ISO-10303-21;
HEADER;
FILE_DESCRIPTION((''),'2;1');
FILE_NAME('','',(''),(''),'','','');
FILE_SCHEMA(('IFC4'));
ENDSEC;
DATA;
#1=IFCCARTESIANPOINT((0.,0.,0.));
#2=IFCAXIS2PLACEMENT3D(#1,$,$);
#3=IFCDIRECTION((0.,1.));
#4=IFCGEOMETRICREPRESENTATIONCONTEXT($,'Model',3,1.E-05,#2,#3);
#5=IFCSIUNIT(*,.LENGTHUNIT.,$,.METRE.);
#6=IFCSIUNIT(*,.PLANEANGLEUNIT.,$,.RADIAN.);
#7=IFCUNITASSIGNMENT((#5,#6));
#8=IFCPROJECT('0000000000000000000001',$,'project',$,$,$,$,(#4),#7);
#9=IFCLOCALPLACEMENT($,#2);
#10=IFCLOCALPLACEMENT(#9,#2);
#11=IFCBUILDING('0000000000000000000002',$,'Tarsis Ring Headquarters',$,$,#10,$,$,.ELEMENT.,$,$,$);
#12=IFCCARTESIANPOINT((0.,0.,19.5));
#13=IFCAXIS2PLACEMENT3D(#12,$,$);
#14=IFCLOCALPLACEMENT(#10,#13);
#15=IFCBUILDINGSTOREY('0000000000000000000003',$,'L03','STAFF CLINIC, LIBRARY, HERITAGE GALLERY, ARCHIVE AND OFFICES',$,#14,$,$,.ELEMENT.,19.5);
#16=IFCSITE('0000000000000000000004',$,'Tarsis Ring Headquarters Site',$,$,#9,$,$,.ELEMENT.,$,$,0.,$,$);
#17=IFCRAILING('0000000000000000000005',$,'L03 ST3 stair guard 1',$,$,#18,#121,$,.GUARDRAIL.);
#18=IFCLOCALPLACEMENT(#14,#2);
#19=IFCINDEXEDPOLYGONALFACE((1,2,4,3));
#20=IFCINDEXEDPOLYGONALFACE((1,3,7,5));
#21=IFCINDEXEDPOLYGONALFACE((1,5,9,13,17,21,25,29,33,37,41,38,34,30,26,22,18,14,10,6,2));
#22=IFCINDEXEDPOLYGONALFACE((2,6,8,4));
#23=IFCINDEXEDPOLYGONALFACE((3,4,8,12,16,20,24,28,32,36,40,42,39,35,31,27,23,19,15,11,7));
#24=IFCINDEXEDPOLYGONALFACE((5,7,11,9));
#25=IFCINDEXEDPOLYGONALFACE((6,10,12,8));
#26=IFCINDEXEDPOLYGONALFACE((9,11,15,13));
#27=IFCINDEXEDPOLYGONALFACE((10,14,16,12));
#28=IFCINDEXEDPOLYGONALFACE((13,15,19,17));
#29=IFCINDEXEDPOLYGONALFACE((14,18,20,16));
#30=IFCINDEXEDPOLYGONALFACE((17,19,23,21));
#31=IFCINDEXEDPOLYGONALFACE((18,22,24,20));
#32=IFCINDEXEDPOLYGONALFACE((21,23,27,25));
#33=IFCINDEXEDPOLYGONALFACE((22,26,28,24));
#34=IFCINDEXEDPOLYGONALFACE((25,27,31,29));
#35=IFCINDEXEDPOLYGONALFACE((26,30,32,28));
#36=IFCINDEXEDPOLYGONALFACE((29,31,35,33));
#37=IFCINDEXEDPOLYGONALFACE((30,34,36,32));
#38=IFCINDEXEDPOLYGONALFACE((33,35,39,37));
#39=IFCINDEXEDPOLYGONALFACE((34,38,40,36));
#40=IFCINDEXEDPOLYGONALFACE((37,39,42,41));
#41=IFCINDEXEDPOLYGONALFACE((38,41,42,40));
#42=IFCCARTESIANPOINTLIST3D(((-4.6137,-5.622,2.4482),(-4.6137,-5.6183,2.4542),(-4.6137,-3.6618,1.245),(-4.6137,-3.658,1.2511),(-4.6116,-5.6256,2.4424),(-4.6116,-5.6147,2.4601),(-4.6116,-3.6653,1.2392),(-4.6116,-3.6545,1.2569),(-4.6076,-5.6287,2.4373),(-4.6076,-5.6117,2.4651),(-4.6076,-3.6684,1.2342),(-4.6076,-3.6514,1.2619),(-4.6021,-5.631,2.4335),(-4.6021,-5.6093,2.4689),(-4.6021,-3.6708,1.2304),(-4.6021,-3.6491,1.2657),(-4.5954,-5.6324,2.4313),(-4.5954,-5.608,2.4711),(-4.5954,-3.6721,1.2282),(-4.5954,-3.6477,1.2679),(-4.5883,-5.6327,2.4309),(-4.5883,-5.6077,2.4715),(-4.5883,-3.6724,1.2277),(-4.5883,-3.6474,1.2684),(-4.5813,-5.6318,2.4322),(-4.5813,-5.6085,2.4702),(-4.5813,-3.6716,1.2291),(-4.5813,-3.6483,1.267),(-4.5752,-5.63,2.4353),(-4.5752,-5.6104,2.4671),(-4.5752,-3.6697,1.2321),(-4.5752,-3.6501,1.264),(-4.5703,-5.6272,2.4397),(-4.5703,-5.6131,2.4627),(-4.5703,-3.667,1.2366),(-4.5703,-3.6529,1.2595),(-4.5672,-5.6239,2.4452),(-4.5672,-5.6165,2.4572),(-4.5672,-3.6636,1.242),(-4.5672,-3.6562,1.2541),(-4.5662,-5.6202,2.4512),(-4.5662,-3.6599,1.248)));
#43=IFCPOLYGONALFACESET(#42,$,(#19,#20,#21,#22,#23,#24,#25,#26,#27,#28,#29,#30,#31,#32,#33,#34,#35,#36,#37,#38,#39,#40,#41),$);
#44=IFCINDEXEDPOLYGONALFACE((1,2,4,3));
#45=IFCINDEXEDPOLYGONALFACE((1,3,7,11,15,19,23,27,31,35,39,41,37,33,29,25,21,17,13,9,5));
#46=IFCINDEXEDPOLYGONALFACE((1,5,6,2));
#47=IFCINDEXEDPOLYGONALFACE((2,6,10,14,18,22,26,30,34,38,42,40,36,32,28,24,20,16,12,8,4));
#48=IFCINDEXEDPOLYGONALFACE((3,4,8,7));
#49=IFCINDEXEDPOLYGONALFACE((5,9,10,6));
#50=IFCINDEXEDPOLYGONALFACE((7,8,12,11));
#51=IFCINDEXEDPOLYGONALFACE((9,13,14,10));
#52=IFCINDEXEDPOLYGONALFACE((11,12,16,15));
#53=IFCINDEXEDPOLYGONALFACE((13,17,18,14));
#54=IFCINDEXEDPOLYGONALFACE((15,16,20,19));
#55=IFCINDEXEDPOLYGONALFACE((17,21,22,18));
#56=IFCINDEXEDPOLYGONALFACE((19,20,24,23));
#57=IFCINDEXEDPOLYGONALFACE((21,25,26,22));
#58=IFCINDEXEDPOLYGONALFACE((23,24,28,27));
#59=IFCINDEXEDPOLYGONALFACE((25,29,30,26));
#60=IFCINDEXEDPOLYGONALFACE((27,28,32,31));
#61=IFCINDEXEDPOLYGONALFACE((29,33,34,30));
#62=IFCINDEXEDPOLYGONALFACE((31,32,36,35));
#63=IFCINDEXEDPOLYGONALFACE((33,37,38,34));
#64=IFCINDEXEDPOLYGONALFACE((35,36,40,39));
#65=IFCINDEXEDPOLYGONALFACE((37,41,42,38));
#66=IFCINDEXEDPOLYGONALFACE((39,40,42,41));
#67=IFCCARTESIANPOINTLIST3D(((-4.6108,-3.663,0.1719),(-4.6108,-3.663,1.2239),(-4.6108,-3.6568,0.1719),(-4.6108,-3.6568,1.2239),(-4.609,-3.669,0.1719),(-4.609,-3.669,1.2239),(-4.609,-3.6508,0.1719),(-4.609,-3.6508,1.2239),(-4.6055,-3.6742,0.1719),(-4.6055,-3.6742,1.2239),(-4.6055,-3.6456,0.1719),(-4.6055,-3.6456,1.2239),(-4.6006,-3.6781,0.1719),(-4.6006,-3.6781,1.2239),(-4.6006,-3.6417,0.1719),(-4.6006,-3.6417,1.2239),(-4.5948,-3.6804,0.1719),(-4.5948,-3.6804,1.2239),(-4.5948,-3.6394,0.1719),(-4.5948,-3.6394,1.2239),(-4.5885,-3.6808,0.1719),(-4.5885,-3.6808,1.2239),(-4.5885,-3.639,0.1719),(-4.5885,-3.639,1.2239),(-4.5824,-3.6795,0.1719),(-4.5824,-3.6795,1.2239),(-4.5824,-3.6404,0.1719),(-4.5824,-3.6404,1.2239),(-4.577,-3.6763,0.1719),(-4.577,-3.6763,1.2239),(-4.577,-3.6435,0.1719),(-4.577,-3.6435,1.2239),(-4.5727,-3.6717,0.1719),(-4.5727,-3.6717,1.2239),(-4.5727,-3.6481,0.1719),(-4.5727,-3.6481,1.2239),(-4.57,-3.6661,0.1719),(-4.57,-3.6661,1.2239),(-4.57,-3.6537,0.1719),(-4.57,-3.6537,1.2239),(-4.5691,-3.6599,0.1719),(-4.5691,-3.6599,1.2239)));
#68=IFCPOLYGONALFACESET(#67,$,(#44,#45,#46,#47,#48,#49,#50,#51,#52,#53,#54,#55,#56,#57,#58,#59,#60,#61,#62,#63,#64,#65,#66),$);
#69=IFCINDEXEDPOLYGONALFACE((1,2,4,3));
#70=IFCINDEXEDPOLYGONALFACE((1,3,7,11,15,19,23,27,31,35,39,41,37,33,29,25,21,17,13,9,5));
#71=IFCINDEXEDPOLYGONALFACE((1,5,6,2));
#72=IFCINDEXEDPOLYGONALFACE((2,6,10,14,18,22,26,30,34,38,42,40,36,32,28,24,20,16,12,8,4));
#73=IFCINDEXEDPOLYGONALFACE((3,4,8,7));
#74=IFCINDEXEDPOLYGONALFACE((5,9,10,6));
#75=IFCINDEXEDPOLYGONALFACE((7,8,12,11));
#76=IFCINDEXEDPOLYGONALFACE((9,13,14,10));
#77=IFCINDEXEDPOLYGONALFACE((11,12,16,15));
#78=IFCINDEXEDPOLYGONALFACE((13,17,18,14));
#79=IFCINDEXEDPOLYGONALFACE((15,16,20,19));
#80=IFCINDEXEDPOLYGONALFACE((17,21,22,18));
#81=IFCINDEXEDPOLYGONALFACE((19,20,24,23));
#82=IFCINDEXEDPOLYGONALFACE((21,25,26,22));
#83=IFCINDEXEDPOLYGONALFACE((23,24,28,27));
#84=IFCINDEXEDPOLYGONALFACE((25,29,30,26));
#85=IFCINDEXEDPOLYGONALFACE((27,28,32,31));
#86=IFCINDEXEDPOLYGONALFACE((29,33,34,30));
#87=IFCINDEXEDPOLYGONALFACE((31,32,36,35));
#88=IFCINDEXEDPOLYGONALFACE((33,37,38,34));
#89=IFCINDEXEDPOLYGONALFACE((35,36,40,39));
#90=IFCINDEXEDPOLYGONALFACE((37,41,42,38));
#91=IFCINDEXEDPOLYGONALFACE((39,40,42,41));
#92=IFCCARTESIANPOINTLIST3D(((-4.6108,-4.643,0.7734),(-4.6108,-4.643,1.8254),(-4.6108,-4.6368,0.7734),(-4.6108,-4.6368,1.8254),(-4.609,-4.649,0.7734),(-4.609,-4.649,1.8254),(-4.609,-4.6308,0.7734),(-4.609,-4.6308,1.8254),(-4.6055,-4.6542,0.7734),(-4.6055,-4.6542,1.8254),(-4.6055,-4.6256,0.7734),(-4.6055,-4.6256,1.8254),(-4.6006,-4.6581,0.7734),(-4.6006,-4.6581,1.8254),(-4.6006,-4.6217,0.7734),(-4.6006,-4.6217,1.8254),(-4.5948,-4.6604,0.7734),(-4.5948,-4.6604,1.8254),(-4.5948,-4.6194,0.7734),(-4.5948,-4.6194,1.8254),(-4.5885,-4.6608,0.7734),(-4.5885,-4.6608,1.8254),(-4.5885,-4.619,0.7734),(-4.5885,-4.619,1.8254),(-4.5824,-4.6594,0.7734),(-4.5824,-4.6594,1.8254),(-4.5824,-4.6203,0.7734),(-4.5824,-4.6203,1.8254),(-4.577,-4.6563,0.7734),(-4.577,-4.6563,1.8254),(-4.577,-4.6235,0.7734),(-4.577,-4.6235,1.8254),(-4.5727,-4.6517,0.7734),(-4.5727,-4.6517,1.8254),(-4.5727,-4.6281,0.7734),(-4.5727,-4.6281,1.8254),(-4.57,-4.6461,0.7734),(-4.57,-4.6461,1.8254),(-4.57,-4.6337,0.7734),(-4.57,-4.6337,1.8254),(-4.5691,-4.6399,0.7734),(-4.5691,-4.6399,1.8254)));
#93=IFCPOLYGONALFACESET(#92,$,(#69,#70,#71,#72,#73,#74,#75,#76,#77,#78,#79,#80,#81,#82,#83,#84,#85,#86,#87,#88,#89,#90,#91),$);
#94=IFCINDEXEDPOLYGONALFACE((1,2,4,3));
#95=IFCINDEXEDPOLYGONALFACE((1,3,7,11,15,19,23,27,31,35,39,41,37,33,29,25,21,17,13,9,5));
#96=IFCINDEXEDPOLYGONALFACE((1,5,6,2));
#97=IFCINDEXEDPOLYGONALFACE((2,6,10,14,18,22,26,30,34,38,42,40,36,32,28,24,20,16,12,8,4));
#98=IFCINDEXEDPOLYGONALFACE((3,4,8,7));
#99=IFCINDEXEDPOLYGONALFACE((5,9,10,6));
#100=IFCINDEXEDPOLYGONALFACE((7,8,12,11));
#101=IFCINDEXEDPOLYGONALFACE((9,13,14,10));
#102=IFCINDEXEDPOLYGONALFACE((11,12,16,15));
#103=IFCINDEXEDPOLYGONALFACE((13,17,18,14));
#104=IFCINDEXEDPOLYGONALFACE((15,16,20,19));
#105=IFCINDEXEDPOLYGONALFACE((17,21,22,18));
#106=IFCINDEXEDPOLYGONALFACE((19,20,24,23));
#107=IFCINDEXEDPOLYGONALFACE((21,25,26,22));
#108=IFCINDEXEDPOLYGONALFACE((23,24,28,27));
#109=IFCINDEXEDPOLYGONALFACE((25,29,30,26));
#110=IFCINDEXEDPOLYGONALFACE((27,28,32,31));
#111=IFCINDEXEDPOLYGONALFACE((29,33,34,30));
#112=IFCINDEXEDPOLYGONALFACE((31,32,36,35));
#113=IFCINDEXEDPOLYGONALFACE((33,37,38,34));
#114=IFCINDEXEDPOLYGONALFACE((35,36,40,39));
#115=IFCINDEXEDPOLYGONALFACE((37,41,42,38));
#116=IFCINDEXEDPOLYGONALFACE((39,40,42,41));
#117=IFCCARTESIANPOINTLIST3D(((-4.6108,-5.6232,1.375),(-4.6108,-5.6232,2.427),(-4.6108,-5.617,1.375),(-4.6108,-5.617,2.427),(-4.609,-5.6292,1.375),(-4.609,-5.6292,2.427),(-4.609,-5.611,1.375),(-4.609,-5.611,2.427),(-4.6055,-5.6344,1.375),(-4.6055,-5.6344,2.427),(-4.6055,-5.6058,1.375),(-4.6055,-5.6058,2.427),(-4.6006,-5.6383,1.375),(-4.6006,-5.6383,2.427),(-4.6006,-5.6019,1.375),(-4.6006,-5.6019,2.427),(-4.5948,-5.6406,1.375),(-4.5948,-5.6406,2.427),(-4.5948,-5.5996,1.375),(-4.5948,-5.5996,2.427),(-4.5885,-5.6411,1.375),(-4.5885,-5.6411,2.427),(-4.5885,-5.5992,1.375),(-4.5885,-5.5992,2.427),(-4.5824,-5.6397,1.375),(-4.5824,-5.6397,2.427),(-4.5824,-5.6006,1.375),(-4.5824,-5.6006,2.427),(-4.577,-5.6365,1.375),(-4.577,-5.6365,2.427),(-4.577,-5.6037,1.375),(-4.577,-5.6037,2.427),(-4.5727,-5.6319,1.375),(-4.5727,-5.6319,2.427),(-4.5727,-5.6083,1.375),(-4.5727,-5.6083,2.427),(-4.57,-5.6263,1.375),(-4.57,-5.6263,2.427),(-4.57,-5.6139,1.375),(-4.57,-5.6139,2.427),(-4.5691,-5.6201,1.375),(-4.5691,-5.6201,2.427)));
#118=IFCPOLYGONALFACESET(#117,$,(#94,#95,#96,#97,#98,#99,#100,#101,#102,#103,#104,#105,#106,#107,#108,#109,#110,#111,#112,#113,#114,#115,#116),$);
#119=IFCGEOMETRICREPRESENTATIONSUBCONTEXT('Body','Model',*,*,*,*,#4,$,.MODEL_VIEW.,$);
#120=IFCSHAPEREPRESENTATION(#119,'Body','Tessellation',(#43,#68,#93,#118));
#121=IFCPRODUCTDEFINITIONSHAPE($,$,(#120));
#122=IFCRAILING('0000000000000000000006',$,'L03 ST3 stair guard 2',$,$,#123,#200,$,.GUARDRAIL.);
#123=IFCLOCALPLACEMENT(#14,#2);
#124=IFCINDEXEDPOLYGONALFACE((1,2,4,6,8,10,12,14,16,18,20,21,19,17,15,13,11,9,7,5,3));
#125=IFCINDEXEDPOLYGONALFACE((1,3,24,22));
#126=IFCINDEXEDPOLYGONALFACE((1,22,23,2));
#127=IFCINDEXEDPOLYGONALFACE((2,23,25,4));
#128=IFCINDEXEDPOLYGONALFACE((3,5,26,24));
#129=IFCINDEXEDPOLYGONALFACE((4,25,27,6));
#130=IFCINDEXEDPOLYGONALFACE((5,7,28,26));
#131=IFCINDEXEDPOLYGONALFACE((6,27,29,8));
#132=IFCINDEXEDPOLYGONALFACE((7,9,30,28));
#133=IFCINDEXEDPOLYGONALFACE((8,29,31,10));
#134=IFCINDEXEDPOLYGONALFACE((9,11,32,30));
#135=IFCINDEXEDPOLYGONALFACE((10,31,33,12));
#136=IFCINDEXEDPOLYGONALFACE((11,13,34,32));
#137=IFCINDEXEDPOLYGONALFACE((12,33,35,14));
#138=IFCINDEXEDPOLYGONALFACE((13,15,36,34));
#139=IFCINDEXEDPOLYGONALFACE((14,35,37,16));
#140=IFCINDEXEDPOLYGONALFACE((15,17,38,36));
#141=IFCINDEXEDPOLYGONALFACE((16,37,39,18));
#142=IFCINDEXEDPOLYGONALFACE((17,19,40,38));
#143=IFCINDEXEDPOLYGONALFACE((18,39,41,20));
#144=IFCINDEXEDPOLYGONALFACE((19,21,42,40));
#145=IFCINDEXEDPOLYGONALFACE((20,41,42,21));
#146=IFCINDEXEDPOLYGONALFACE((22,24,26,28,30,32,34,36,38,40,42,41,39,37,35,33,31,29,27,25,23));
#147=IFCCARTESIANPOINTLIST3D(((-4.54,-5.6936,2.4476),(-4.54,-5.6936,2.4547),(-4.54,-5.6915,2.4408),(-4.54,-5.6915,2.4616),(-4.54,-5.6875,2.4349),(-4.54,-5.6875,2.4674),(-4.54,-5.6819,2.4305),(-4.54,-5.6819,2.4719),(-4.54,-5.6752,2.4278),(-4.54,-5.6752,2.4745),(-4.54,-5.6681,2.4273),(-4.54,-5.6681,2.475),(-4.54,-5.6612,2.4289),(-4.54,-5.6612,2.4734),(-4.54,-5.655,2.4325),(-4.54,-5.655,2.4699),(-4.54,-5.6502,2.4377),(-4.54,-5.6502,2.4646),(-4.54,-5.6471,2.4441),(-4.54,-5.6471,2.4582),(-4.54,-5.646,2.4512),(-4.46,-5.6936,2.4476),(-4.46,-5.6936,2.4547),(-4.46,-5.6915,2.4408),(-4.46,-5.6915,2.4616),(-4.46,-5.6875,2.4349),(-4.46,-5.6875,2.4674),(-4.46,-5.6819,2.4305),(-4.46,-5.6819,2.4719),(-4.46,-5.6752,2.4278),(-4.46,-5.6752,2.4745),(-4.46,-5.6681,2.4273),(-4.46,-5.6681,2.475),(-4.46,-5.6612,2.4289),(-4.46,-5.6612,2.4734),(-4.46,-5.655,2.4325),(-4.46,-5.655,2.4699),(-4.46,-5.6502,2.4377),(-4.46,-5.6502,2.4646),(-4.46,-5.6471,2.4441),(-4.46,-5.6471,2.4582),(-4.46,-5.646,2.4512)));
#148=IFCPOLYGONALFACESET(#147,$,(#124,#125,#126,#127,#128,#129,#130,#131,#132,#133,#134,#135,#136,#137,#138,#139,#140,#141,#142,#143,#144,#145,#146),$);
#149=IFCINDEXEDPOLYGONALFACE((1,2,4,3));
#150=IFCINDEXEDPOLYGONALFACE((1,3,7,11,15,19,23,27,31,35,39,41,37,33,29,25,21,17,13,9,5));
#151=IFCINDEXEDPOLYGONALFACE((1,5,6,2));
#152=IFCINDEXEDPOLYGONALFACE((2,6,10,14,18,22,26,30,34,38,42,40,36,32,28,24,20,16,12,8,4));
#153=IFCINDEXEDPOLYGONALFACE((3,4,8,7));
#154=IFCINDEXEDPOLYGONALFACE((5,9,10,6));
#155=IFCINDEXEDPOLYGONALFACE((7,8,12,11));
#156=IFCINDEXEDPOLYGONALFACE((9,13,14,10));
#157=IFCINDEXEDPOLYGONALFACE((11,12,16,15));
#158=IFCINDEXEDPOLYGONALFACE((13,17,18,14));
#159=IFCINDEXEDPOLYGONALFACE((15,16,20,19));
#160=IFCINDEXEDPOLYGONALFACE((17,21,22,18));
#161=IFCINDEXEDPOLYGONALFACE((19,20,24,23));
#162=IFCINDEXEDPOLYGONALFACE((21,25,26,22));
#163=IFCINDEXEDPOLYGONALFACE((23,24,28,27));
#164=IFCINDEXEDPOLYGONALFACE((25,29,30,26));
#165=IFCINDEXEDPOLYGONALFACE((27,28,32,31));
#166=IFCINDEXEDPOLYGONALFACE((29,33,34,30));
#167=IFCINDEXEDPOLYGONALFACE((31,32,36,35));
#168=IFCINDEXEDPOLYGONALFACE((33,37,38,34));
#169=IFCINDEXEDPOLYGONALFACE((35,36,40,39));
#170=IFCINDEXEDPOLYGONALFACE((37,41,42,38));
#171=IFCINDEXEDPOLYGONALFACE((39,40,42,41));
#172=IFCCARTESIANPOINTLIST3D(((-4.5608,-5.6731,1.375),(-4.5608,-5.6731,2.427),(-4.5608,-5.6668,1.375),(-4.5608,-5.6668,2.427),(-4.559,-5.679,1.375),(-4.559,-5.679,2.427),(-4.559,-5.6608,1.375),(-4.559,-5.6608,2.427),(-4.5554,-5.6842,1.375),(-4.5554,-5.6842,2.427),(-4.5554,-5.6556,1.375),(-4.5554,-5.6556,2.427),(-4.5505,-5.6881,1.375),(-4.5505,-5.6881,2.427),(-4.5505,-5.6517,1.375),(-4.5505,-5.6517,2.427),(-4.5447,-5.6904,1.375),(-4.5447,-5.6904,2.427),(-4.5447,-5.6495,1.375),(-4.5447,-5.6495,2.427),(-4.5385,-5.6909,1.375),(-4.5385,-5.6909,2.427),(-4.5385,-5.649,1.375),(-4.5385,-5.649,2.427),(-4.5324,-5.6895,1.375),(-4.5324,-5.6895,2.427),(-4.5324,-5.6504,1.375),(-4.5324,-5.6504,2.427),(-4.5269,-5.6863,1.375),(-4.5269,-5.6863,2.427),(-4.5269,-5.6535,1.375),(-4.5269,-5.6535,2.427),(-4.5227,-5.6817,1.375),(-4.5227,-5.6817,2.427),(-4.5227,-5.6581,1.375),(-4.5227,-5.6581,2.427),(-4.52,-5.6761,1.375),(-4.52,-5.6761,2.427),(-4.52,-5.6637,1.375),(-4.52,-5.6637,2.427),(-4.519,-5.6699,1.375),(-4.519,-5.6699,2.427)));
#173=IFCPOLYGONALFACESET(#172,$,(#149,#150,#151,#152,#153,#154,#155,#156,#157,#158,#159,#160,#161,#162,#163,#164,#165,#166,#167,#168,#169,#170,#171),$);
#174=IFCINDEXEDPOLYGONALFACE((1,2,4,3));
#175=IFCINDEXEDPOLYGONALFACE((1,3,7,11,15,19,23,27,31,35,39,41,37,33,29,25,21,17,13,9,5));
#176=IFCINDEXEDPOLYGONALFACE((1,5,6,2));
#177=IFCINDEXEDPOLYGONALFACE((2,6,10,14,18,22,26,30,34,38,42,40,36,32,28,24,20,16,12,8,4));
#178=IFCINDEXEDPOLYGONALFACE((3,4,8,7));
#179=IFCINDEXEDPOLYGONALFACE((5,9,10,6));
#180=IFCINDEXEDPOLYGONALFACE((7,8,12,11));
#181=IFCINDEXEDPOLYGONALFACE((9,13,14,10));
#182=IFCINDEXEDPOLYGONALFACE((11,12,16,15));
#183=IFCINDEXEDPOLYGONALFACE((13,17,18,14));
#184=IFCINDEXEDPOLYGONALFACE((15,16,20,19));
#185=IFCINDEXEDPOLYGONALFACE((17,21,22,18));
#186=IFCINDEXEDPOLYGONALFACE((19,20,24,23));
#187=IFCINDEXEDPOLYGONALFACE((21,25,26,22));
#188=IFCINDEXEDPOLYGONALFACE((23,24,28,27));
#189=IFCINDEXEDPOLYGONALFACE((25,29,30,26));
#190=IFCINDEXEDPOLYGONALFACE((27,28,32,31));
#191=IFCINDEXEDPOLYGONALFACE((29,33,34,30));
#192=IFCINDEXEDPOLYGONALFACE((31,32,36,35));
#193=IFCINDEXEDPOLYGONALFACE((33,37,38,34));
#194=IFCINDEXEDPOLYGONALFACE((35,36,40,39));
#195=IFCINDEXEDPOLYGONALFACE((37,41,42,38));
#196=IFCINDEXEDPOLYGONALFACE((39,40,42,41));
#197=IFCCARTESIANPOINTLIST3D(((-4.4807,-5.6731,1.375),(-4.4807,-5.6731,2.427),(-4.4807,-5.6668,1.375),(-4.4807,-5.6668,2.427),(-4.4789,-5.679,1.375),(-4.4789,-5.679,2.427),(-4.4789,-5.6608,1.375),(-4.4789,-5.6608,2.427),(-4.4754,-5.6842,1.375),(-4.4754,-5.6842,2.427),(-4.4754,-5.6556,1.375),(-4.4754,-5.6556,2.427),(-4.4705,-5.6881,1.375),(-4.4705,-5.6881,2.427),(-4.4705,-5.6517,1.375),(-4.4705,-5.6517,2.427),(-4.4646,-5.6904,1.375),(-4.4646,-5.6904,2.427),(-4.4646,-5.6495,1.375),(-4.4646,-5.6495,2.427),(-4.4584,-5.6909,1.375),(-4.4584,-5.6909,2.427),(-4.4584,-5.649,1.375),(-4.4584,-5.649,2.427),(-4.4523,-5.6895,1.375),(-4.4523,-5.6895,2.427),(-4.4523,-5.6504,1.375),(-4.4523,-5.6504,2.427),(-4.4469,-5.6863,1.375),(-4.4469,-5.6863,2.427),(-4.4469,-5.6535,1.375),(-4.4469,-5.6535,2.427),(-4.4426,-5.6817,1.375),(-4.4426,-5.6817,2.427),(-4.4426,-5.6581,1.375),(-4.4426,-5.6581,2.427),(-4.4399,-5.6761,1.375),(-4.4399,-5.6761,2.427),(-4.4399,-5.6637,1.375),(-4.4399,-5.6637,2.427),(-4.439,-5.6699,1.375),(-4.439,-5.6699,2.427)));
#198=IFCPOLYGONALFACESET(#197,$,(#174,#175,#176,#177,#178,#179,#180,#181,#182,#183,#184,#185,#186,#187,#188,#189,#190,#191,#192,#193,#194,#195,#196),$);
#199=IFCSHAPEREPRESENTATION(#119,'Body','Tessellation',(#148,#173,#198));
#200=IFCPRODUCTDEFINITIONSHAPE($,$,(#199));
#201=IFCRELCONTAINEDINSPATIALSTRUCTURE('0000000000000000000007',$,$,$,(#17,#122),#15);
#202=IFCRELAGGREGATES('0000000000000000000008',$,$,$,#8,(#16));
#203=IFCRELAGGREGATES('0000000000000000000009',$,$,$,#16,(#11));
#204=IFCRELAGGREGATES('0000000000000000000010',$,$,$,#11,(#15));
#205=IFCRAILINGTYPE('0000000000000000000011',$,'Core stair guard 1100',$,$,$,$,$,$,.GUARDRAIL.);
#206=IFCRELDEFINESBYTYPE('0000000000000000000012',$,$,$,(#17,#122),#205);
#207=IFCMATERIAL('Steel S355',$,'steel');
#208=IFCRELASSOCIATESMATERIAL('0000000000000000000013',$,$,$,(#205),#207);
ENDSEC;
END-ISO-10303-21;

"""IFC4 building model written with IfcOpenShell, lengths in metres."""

from ifc_helpers import new_model, si_unit, direction, frame, origin, origin_2d, place, context, subcontext, project, spatial, circle, extrude, material, type_object, element, save


model = new_model("IFC4")

# Units and contexts
model_context = context("Model", 3, precision=1e-05, world=origin(), true_north=direction((0.0, 1.0)))
body_context = subcontext(model_context, "Body", "Model", "MODEL_VIEW")
ifc_project = project(units=[si_unit("LENGTHUNIT", "METRE"), si_unit("PLANEANGLEUNIT", "RADIAN")], contexts=[model_context])

# Site, building, storey
site_placement = place(None, origin())
site = spatial("IfcSite", under=ifc_project, at=site_placement, Name="Tarsis Ring Headquarters Site", CompositionType="ELEMENT", RefElevation=0.0)
building_placement = place(site_placement, origin())
building = spatial("IfcBuilding", under=site, at=building_placement, Name="Tarsis Ring Headquarters", CompositionType="ELEMENT")
storey_placement = place(building_placement, frame((0.0, 0.0, 19.5)))
storey = spatial("IfcBuildingStorey", under=building, at=storey_placement, Name="L03", Description="STAFF CLINIC, LIBRARY, HERITAGE GALLERY, ARCHIVE AND OFFICES", CompositionType="ELEMENT", Elevation=19.5)

# Shared definitions
ifc_material_1 = material(Name="Steel S355", Category="steel")

# Railings
railing_type_1 = type_object("IfcRailingType", Name="Core stair guard 1100", PredefinedType="GUARDRAIL", material=ifc_material_1)
railing_1_placement = place(storey_placement, frame((-4.5901, -3.6599, 0.1719)))
element("IfcRailing", 1, at=railing_1_placement, inside=storey, type_object=railing_type_1, Name="L03 ST3 stair guard 1", PredefinedType="GUARDRAIL", context=body_context, shape_type="SweptSolid", body=[
    extrude(circle(Radius=0.0239, at=origin_2d()), frame((0.0, 0.0, 1.0762), z_axis=(0.0, -0.85227, 0.523102), x_axis=(1.0, 0.0, 0.0)), (0.0, 0.0, 1.0), 2.3),
    extrude(circle(Radius=0.021, at=origin_2d()), origin(), (0.0, 0.0, 1.0), 1.052),
    extrude(circle(Radius=0.021, at=origin_2d()), frame((0.0, -0.98, 0.6016)), (0.0, 0.0, 1.0), 1.052),
    extrude(circle(Radius=0.021, at=origin_2d()), frame((0.0, -1.9602, 1.2031)), (0.0, 0.0, 1.0), 1.052),
])
railing_2_placement = place(storey_placement, frame((-4.54, -5.6699, 1.375)))
element("IfcRailing", 2, at=railing_2_placement, inside=storey, type_object=railing_type_1, Name="L03 ST3 stair guard 2", PredefinedType="GUARDRAIL", context=body_context, shape_type="SweptSolid", body=[
    extrude(circle(Radius=0.0239, at=origin_2d()), frame((0.0, 0.0, 1.0762), z_axis=(1.0, 0.0, 0.0), x_axis=(0.0, 1.0, 0.0)), (0.0, 0.0, 1.0), 0.0801),
    extrude(circle(Radius=0.021, at=origin_2d()), origin(), (0.0, 0.0, 1.0), 1.052),
    extrude(circle(Radius=0.021, at=origin_2d()), frame((0.0801, 0.0, 0.0)), (0.0, 0.0, 1.0), 1.052),
])

save(model, "model.ifc")
